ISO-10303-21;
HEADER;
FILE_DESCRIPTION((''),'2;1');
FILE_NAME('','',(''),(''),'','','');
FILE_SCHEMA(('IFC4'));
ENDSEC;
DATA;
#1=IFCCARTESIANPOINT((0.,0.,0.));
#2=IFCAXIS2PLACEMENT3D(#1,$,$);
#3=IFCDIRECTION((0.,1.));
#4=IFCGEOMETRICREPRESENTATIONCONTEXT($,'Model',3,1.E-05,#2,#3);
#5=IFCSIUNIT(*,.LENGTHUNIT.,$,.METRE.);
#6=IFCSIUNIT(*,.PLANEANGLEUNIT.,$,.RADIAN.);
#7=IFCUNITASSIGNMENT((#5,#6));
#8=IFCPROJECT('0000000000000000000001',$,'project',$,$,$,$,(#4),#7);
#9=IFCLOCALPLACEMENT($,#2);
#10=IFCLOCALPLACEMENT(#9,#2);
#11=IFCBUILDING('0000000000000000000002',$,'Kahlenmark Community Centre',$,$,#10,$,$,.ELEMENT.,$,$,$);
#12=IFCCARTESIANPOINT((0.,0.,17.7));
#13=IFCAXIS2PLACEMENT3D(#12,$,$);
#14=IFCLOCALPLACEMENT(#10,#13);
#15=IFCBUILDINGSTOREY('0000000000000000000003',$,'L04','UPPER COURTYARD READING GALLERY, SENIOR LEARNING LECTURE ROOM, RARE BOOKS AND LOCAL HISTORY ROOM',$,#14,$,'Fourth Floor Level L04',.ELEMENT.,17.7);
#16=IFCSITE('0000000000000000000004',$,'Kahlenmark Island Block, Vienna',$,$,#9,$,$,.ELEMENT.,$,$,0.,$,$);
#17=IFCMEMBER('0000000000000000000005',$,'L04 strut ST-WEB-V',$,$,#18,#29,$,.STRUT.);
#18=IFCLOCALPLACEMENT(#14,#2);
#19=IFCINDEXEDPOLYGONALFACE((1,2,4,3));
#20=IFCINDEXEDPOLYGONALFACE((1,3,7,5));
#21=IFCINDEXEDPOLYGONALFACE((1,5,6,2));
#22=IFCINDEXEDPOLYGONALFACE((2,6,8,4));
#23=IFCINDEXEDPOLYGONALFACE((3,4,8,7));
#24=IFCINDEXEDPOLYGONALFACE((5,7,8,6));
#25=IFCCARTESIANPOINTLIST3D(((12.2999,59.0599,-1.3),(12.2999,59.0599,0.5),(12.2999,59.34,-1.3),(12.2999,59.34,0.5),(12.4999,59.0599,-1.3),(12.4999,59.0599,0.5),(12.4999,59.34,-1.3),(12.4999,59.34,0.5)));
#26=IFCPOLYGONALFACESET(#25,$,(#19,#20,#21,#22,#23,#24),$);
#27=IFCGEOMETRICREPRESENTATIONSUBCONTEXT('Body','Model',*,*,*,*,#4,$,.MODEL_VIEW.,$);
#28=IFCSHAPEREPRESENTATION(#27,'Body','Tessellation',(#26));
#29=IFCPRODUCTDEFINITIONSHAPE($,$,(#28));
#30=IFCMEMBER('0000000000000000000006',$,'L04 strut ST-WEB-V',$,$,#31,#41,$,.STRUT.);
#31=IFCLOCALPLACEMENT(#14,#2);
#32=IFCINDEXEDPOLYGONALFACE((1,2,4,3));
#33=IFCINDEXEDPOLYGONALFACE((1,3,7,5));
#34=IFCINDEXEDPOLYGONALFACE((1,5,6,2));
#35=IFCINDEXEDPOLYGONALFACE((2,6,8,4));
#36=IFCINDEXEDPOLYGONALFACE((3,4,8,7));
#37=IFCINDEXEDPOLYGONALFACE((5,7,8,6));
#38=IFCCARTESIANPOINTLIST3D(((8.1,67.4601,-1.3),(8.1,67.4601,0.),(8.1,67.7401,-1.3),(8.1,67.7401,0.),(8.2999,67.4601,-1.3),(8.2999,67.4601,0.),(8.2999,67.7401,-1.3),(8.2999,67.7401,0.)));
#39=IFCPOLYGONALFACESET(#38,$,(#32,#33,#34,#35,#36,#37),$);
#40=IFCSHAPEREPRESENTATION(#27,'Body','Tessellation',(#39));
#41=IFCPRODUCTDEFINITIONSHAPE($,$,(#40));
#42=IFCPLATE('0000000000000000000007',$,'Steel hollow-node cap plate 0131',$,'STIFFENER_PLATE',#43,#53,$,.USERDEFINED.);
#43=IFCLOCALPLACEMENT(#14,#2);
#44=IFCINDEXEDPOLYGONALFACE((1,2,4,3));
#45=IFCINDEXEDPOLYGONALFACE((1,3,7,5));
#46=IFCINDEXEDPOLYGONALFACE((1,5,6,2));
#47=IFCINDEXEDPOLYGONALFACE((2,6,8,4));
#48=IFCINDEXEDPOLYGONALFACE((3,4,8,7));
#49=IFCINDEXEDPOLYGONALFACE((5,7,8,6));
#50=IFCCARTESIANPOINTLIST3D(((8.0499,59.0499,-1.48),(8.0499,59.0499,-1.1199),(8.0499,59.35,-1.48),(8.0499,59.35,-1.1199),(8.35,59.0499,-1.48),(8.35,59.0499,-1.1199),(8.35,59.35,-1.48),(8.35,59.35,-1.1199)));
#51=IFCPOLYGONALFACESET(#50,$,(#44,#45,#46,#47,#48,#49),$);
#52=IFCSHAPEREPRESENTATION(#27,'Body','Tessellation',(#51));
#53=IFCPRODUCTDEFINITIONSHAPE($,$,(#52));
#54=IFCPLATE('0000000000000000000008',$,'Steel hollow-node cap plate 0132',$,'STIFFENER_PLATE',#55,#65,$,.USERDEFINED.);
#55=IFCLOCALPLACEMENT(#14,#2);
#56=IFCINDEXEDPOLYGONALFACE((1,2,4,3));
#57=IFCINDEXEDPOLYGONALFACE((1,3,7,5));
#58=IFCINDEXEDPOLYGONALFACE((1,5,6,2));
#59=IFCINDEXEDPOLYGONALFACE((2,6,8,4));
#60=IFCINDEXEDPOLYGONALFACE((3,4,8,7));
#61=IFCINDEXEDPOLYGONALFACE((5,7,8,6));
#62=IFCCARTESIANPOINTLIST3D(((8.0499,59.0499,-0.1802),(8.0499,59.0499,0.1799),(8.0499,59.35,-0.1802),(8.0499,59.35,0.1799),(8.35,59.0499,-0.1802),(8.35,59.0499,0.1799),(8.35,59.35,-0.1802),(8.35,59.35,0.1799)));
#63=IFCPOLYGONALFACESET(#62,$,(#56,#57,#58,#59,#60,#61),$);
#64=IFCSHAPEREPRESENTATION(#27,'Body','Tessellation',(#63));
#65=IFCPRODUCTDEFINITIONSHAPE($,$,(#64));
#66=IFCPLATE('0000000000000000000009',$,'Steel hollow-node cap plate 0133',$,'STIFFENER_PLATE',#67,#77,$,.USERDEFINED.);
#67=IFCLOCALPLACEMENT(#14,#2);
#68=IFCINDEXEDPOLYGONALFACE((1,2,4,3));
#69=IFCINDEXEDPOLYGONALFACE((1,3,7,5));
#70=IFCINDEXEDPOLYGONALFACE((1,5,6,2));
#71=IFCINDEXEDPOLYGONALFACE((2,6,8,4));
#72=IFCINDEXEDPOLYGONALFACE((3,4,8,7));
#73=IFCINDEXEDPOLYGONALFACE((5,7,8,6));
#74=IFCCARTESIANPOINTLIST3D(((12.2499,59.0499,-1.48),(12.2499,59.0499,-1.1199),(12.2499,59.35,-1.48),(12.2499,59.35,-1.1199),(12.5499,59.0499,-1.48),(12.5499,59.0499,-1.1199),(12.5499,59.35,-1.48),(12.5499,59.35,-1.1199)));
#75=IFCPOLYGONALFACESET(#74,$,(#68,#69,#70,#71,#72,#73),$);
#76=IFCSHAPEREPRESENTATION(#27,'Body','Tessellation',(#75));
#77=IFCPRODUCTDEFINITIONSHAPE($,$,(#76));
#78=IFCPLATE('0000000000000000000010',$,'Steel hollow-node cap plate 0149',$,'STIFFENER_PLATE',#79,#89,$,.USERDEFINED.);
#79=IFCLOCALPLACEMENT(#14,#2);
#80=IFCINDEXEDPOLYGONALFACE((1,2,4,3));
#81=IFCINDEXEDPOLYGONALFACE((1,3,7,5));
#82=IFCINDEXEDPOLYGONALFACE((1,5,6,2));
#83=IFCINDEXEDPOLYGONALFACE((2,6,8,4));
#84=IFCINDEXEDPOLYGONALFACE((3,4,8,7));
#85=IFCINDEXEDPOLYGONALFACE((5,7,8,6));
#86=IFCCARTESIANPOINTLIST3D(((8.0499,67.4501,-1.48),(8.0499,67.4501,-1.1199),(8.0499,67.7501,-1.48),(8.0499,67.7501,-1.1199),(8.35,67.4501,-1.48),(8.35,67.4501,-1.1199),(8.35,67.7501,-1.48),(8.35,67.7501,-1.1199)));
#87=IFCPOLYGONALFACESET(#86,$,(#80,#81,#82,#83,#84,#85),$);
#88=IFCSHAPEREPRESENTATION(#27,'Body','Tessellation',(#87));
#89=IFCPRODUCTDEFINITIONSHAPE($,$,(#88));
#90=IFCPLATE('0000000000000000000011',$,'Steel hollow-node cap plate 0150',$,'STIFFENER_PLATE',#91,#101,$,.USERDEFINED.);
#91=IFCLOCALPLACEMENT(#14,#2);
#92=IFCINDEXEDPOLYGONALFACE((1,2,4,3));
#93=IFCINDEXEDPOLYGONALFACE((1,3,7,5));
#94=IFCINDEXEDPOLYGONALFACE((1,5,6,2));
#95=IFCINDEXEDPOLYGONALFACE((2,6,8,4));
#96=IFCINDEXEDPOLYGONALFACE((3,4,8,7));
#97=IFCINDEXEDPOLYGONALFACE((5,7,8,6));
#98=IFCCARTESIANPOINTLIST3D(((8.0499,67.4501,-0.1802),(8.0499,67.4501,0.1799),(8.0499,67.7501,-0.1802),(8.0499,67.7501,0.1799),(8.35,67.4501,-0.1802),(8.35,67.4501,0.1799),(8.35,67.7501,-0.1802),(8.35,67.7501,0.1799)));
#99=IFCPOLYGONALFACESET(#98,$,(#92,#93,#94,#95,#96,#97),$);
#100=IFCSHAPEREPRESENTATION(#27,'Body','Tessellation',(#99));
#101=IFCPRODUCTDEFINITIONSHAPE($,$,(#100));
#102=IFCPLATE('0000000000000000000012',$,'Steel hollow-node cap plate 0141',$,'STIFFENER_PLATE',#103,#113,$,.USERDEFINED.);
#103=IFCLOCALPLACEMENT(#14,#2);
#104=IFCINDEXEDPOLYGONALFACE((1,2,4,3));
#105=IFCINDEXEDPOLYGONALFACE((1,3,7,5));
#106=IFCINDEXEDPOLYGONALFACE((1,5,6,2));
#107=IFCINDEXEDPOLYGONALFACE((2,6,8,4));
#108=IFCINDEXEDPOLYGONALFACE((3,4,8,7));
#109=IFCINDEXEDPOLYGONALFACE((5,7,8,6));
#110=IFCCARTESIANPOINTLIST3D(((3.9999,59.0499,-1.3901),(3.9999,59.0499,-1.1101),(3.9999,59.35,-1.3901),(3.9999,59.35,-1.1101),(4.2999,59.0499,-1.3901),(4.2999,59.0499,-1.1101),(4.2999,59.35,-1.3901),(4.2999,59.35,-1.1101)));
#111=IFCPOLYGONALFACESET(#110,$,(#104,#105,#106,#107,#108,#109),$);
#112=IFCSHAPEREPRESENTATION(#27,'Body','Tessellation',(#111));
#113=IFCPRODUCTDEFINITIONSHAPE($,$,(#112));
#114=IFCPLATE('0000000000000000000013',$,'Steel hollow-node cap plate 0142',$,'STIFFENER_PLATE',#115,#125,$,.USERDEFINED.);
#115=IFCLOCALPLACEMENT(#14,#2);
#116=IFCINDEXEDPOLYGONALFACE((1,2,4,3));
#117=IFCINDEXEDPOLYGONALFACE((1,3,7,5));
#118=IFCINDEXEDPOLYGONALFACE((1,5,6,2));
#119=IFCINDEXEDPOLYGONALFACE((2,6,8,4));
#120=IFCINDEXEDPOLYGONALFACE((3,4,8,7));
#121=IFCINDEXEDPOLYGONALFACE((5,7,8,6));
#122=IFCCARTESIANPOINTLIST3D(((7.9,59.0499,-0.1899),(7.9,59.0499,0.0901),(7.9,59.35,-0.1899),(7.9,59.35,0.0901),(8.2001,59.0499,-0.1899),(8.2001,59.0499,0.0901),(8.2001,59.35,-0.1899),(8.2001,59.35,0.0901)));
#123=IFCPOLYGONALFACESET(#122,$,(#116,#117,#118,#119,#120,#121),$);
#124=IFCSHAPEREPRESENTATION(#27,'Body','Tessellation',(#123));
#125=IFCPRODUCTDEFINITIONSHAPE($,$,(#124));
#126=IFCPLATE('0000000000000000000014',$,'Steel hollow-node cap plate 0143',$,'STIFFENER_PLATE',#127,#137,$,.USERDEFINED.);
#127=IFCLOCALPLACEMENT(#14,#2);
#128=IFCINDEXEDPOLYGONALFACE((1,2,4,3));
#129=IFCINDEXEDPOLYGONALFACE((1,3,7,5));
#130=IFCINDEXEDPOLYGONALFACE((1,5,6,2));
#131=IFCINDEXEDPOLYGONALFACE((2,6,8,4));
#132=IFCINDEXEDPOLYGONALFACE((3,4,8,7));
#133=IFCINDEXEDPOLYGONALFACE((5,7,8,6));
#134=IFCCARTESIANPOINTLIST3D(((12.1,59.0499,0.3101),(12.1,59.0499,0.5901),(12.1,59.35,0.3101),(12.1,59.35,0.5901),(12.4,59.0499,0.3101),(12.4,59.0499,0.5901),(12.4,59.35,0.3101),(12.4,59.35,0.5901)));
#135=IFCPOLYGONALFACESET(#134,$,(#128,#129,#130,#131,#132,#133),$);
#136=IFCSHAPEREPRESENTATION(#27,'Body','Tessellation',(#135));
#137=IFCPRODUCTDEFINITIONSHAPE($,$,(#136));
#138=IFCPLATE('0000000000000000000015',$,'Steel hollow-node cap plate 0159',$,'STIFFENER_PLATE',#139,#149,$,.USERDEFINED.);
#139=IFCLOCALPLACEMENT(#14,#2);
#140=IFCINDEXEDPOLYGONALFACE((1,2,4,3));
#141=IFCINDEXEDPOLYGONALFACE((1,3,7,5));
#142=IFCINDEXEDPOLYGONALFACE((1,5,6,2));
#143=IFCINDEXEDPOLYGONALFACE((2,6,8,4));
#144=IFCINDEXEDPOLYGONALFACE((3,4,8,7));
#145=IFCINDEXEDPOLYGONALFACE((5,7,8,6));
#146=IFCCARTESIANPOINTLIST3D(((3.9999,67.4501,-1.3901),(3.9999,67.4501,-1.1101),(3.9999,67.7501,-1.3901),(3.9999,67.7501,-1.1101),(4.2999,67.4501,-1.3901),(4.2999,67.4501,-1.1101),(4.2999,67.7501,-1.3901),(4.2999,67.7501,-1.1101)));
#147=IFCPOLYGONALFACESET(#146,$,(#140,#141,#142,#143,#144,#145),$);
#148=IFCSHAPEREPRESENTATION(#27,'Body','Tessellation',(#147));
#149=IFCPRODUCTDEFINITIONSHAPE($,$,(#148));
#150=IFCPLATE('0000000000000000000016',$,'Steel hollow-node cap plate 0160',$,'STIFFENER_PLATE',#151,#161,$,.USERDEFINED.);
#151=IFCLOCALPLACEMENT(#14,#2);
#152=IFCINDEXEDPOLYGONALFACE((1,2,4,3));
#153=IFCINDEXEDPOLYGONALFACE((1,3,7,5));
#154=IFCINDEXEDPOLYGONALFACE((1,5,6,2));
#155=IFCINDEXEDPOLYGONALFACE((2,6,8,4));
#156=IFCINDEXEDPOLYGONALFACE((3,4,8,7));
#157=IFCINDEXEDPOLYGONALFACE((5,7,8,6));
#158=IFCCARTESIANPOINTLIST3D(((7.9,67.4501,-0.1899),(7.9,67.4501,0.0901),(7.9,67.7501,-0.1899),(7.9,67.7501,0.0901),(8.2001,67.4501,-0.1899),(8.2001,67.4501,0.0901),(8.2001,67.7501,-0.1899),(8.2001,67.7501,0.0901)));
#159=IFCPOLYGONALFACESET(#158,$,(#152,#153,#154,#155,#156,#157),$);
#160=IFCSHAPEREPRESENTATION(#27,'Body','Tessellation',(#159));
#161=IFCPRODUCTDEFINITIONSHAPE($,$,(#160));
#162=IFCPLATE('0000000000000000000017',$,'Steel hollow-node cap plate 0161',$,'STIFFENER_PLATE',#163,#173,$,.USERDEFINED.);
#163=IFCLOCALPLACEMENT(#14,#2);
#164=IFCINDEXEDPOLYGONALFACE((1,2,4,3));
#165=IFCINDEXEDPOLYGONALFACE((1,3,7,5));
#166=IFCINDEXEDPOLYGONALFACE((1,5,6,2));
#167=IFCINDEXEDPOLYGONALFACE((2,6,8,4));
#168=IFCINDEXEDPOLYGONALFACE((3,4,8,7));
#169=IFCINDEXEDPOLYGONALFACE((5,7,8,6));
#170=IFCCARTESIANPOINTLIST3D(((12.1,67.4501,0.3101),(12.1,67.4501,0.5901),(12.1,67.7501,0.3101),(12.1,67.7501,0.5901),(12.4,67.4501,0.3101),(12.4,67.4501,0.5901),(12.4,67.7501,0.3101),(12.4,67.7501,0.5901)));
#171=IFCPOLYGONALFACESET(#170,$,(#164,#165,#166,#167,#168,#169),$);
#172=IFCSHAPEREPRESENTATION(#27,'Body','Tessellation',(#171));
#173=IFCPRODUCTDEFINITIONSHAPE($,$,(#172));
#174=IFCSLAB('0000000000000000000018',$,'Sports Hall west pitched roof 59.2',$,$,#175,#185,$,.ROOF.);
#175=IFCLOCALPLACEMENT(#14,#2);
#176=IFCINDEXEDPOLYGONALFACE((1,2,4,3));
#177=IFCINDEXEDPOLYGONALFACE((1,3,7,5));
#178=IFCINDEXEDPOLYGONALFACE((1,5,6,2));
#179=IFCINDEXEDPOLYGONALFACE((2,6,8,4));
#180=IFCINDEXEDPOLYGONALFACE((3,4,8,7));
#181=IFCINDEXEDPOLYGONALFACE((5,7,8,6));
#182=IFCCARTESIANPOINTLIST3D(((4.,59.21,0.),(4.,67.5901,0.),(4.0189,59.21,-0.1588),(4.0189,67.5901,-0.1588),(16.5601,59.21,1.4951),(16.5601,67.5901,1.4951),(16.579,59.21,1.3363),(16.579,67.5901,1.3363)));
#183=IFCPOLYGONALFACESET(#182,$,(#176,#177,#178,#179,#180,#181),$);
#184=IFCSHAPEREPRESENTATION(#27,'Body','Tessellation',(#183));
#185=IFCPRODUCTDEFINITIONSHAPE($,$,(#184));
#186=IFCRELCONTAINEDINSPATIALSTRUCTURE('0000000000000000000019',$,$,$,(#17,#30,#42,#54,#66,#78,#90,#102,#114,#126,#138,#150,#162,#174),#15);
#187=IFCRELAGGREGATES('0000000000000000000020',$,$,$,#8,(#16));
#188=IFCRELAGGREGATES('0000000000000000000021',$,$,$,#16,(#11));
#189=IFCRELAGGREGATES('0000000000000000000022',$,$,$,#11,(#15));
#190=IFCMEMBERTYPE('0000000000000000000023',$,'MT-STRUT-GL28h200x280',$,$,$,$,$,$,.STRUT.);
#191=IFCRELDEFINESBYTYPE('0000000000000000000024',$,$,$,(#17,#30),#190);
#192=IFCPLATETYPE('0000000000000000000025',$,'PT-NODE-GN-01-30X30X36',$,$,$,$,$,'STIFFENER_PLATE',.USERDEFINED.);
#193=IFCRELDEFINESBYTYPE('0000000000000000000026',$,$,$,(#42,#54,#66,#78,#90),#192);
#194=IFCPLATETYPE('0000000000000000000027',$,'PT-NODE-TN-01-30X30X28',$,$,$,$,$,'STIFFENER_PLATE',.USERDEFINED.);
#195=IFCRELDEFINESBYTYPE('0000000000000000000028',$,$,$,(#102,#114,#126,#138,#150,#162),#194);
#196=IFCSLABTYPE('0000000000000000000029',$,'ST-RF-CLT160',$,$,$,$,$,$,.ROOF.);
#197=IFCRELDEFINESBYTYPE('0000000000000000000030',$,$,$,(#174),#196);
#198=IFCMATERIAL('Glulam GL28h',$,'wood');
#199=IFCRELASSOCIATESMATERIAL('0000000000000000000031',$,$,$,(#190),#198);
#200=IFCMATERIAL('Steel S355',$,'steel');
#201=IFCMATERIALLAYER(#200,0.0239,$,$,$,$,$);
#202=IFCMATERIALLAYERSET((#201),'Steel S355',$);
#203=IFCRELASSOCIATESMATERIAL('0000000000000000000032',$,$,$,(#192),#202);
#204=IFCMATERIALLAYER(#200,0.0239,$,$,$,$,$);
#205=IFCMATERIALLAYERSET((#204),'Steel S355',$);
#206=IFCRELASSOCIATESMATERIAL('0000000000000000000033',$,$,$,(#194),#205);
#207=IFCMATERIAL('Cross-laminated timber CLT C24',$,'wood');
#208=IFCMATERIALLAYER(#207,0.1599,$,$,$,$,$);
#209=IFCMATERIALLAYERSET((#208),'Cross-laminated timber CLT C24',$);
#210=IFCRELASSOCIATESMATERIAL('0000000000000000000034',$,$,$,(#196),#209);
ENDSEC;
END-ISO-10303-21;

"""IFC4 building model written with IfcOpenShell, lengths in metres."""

from ifc_helpers import new_model, si_unit, direction, frame, origin, origin_2d, place, context, subcontext, project, spatial, polyline, rectangle, outline, extrude, material, layer, layer_set, material_profile, profile_set, type_object, element, save


model = new_model("IFC4")

# Units and contexts
model_context = context("Model", 3, precision=1e-05, world=origin(), true_north=direction((0.0, 1.0)))
body_context = subcontext(model_context, "Body", "Model", "MODEL_VIEW")
ifc_project = project(units=[si_unit("LENGTHUNIT", "METRE"), si_unit("PLANEANGLEUNIT", "RADIAN")], contexts=[model_context])

# Site, building, storey
site_placement = place(None, origin())
site = spatial("IfcSite", under=ifc_project, at=site_placement, Name="Kahlenmark Island Block, Vienna", CompositionType="ELEMENT", RefElevation=0.0)
building_placement = place(site_placement, origin())
building = spatial("IfcBuilding", under=site, at=building_placement, Name="Kahlenmark Community Centre", CompositionType="ELEMENT")
storey_placement = place(building_placement, frame((0.0, 0.0, 17.7)))
storey = spatial("IfcBuildingStorey", under=building, at=storey_placement, Name="L04", Description="UPPER COURTYARD READING GALLERY, SENIOR LEARNING LECTURE ROOM, RARE BOOKS AND LOCAL HISTORY ROOM", LongName="Fourth Floor Level L04", CompositionType="ELEMENT", Elevation=17.7)

# Members
ifc_material_1 = material(Name="Steel S355", Category="steel")
ifc_material_2 = material(Name="Glulam GL28h", Category="wood")
ifc_material_profile_1 = material_profile(ifc_material_2, rectangle(XDim=0.2, YDim=0.28, at=origin_2d()), Name="GL28h 200x280")
ifc_profile_set_1 = profile_set([ifc_material_profile_1], Name="Glulam GL28h")
member_type_1 = type_object("IfcMemberType", Name="MT-STRUT-GL28h200x280", PredefinedType="STRUT", material=ifc_profile_set_1)
member_1_placement = place(storey_placement, frame((12.3999, 59.2, -1.3), z_axis=(0.0, 0.0, 1.0), x_axis=(1.0, 0.0, 0.0)))
element("IfcMember", 1, at=member_1_placement, inside=storey, type_object=member_type_1, Name="L04 strut ST-WEB-V", PredefinedType="STRUT", context=body_context, shape_type="SweptSolid", body=[
    extrude(rectangle(XDim=0.2, YDim=0.28, at=origin_2d()), origin(), (0.0, 0.0, 1.0), 1.8),
])
member_2_placement = place(storey_placement, frame((8.2, 67.6001, -1.3), z_axis=(0.0, 0.0, 1.0), x_axis=(1.0, 0.0, 0.0)))
element("IfcMember", 2, at=member_2_placement, inside=storey, type_object=member_type_1, Name="L04 strut ST-WEB-V", PredefinedType="STRUT", context=body_context, shape_type="SweptSolid", body=[
    extrude(rectangle(XDim=0.2, YDim=0.28, at=origin_2d()), origin(), (0.0, 0.0, 1.0), 1.3),
])

# Plates
ifc_layer_1 = layer(ifc_material_1, 0.0239)
ifc_layer_set_1 = layer_set([ifc_layer_1], Name="Steel S355")
plate_type_1 = type_object("IfcPlateType", Name="PT-NODE-GN-01-30X30X36", ElementType="STIFFENER_PLATE", PredefinedType="USERDEFINED", material=ifc_layer_set_1)
for number, where, z_axis, x_axis, name in (
    (3, (8.2, 59.2, -1.48), (0.0, 0.0, 1.0), (1.0, 0.0, 0.0), "Steel hollow-node cap plate 0131"),
    (4, (8.2, 59.2, -0.1802), (0.0, 0.0, 1.0), (1.0, 0.0, 0.0), "Steel hollow-node cap plate 0132"),
    (5, (12.3999, 59.2, -1.48), (0.0, 0.0, 1.0), (1.0, 0.0, 0.0), "Steel hollow-node cap plate 0133"),
    (6, (8.2, 67.6001, -1.48), (0.0, 0.0, 1.0), (1.0, 0.0, 0.0), "Steel hollow-node cap plate 0149"),
    (7, (8.2, 67.6001, -0.1802), (0.0, 0.0, 1.0), (1.0, 0.0, 0.0), "Steel hollow-node cap plate 0150"),
):
    element("IfcPlate", number, at=place(storey_placement, frame(where, z_axis=z_axis, x_axis=x_axis)), inside=storey, type_object=plate_type_1, Name=name, ObjectType="STIFFENER_PLATE", PredefinedType="USERDEFINED", context=body_context, shape_type="SweptSolid", body=[
        extrude(rectangle(XDim=0.3, YDim=0.3, at=origin_2d()), origin(), (0.0, 0.0, 1.0), 0.3601),
    ])
ifc_layer_2 = layer(ifc_material_1, 0.0239)
ifc_layer_set_2 = layer_set([ifc_layer_2], Name="Steel S355")
plate_type_2 = type_object("IfcPlateType", Name="PT-NODE-TN-01-30X30X28", ElementType="STIFFENER_PLATE", PredefinedType="USERDEFINED", material=ifc_layer_set_2)
for number, where, z_axis, x_axis, name in (
    (8, (4.1499, 59.2, -1.3901), (0.0, 0.0, 1.0), (1.0, 0.0, 0.0), "Steel hollow-node cap plate 0141"),
    (9, (8.05, 59.2, -0.1899), (0.0, 0.0, 1.0), (1.0, 0.0, 0.0), "Steel hollow-node cap plate 0142"),
    (10, (12.25, 59.2, 0.3101), (0.0, 0.0, 1.0), (1.0, 0.0, 0.0), "Steel hollow-node cap plate 0143"),
    (11, (4.1499, 67.6001, -1.3901), (0.0, 0.0, 1.0), (1.0, 0.0, 0.0), "Steel hollow-node cap plate 0159"),
    (12, (8.05, 67.6001, -0.1899), (0.0, 0.0, 1.0), (1.0, 0.0, 0.0), "Steel hollow-node cap plate 0160"),
    (13, (12.25, 67.6001, 0.3101), (0.0, 0.0, 1.0), (1.0, 0.0, 0.0), "Steel hollow-node cap plate 0161"),
):
    element("IfcPlate", number, at=place(storey_placement, frame(where, z_axis=z_axis, x_axis=x_axis)), inside=storey, type_object=plate_type_2, Name=name, ObjectType="STIFFENER_PLATE", PredefinedType="USERDEFINED", context=body_context, shape_type="SweptSolid", body=[
        extrude(rectangle(XDim=0.3, YDim=0.3, at=origin_2d()), origin(), (0.0, 0.0, 1.0), 0.28),
    ])

# Slab
ifc_material_3 = material(Name="Cross-laminated timber CLT C24", Category="wood")
ifc_layer_3 = layer(ifc_material_3, 0.1599)
ifc_layer_set_3 = layer_set([ifc_layer_3], Name="Cross-laminated timber CLT C24")
slab_type = type_object("IfcSlabType", Name="ST-RF-CLT160", PredefinedType="ROOF", material=ifc_layer_set_3)
slab_placement = place(storey_placement, frame((4.0, 59.21, 0.0), z_axis=(-0.118203, 0.0, 0.992989), x_axis=(0.992989, 0.0, 0.118203)))
element("IfcSlab", 14, at=slab_placement, inside=storey, type_object=slab_type, Name="Sports Hall west pitched roof 59.2", PredefinedType="ROOF", context=body_context, shape_type="SweptSolid", body=[
    extrude(outline(polyline([(0.0, 0.0), (12.6487, 0.0), (12.6487, 8.3801), (0.0, 8.3801), (0.0, 0.0)])), origin(), (0.0, 0.0, -1.0), 0.1599),
])

save(model, "model.ifc")
